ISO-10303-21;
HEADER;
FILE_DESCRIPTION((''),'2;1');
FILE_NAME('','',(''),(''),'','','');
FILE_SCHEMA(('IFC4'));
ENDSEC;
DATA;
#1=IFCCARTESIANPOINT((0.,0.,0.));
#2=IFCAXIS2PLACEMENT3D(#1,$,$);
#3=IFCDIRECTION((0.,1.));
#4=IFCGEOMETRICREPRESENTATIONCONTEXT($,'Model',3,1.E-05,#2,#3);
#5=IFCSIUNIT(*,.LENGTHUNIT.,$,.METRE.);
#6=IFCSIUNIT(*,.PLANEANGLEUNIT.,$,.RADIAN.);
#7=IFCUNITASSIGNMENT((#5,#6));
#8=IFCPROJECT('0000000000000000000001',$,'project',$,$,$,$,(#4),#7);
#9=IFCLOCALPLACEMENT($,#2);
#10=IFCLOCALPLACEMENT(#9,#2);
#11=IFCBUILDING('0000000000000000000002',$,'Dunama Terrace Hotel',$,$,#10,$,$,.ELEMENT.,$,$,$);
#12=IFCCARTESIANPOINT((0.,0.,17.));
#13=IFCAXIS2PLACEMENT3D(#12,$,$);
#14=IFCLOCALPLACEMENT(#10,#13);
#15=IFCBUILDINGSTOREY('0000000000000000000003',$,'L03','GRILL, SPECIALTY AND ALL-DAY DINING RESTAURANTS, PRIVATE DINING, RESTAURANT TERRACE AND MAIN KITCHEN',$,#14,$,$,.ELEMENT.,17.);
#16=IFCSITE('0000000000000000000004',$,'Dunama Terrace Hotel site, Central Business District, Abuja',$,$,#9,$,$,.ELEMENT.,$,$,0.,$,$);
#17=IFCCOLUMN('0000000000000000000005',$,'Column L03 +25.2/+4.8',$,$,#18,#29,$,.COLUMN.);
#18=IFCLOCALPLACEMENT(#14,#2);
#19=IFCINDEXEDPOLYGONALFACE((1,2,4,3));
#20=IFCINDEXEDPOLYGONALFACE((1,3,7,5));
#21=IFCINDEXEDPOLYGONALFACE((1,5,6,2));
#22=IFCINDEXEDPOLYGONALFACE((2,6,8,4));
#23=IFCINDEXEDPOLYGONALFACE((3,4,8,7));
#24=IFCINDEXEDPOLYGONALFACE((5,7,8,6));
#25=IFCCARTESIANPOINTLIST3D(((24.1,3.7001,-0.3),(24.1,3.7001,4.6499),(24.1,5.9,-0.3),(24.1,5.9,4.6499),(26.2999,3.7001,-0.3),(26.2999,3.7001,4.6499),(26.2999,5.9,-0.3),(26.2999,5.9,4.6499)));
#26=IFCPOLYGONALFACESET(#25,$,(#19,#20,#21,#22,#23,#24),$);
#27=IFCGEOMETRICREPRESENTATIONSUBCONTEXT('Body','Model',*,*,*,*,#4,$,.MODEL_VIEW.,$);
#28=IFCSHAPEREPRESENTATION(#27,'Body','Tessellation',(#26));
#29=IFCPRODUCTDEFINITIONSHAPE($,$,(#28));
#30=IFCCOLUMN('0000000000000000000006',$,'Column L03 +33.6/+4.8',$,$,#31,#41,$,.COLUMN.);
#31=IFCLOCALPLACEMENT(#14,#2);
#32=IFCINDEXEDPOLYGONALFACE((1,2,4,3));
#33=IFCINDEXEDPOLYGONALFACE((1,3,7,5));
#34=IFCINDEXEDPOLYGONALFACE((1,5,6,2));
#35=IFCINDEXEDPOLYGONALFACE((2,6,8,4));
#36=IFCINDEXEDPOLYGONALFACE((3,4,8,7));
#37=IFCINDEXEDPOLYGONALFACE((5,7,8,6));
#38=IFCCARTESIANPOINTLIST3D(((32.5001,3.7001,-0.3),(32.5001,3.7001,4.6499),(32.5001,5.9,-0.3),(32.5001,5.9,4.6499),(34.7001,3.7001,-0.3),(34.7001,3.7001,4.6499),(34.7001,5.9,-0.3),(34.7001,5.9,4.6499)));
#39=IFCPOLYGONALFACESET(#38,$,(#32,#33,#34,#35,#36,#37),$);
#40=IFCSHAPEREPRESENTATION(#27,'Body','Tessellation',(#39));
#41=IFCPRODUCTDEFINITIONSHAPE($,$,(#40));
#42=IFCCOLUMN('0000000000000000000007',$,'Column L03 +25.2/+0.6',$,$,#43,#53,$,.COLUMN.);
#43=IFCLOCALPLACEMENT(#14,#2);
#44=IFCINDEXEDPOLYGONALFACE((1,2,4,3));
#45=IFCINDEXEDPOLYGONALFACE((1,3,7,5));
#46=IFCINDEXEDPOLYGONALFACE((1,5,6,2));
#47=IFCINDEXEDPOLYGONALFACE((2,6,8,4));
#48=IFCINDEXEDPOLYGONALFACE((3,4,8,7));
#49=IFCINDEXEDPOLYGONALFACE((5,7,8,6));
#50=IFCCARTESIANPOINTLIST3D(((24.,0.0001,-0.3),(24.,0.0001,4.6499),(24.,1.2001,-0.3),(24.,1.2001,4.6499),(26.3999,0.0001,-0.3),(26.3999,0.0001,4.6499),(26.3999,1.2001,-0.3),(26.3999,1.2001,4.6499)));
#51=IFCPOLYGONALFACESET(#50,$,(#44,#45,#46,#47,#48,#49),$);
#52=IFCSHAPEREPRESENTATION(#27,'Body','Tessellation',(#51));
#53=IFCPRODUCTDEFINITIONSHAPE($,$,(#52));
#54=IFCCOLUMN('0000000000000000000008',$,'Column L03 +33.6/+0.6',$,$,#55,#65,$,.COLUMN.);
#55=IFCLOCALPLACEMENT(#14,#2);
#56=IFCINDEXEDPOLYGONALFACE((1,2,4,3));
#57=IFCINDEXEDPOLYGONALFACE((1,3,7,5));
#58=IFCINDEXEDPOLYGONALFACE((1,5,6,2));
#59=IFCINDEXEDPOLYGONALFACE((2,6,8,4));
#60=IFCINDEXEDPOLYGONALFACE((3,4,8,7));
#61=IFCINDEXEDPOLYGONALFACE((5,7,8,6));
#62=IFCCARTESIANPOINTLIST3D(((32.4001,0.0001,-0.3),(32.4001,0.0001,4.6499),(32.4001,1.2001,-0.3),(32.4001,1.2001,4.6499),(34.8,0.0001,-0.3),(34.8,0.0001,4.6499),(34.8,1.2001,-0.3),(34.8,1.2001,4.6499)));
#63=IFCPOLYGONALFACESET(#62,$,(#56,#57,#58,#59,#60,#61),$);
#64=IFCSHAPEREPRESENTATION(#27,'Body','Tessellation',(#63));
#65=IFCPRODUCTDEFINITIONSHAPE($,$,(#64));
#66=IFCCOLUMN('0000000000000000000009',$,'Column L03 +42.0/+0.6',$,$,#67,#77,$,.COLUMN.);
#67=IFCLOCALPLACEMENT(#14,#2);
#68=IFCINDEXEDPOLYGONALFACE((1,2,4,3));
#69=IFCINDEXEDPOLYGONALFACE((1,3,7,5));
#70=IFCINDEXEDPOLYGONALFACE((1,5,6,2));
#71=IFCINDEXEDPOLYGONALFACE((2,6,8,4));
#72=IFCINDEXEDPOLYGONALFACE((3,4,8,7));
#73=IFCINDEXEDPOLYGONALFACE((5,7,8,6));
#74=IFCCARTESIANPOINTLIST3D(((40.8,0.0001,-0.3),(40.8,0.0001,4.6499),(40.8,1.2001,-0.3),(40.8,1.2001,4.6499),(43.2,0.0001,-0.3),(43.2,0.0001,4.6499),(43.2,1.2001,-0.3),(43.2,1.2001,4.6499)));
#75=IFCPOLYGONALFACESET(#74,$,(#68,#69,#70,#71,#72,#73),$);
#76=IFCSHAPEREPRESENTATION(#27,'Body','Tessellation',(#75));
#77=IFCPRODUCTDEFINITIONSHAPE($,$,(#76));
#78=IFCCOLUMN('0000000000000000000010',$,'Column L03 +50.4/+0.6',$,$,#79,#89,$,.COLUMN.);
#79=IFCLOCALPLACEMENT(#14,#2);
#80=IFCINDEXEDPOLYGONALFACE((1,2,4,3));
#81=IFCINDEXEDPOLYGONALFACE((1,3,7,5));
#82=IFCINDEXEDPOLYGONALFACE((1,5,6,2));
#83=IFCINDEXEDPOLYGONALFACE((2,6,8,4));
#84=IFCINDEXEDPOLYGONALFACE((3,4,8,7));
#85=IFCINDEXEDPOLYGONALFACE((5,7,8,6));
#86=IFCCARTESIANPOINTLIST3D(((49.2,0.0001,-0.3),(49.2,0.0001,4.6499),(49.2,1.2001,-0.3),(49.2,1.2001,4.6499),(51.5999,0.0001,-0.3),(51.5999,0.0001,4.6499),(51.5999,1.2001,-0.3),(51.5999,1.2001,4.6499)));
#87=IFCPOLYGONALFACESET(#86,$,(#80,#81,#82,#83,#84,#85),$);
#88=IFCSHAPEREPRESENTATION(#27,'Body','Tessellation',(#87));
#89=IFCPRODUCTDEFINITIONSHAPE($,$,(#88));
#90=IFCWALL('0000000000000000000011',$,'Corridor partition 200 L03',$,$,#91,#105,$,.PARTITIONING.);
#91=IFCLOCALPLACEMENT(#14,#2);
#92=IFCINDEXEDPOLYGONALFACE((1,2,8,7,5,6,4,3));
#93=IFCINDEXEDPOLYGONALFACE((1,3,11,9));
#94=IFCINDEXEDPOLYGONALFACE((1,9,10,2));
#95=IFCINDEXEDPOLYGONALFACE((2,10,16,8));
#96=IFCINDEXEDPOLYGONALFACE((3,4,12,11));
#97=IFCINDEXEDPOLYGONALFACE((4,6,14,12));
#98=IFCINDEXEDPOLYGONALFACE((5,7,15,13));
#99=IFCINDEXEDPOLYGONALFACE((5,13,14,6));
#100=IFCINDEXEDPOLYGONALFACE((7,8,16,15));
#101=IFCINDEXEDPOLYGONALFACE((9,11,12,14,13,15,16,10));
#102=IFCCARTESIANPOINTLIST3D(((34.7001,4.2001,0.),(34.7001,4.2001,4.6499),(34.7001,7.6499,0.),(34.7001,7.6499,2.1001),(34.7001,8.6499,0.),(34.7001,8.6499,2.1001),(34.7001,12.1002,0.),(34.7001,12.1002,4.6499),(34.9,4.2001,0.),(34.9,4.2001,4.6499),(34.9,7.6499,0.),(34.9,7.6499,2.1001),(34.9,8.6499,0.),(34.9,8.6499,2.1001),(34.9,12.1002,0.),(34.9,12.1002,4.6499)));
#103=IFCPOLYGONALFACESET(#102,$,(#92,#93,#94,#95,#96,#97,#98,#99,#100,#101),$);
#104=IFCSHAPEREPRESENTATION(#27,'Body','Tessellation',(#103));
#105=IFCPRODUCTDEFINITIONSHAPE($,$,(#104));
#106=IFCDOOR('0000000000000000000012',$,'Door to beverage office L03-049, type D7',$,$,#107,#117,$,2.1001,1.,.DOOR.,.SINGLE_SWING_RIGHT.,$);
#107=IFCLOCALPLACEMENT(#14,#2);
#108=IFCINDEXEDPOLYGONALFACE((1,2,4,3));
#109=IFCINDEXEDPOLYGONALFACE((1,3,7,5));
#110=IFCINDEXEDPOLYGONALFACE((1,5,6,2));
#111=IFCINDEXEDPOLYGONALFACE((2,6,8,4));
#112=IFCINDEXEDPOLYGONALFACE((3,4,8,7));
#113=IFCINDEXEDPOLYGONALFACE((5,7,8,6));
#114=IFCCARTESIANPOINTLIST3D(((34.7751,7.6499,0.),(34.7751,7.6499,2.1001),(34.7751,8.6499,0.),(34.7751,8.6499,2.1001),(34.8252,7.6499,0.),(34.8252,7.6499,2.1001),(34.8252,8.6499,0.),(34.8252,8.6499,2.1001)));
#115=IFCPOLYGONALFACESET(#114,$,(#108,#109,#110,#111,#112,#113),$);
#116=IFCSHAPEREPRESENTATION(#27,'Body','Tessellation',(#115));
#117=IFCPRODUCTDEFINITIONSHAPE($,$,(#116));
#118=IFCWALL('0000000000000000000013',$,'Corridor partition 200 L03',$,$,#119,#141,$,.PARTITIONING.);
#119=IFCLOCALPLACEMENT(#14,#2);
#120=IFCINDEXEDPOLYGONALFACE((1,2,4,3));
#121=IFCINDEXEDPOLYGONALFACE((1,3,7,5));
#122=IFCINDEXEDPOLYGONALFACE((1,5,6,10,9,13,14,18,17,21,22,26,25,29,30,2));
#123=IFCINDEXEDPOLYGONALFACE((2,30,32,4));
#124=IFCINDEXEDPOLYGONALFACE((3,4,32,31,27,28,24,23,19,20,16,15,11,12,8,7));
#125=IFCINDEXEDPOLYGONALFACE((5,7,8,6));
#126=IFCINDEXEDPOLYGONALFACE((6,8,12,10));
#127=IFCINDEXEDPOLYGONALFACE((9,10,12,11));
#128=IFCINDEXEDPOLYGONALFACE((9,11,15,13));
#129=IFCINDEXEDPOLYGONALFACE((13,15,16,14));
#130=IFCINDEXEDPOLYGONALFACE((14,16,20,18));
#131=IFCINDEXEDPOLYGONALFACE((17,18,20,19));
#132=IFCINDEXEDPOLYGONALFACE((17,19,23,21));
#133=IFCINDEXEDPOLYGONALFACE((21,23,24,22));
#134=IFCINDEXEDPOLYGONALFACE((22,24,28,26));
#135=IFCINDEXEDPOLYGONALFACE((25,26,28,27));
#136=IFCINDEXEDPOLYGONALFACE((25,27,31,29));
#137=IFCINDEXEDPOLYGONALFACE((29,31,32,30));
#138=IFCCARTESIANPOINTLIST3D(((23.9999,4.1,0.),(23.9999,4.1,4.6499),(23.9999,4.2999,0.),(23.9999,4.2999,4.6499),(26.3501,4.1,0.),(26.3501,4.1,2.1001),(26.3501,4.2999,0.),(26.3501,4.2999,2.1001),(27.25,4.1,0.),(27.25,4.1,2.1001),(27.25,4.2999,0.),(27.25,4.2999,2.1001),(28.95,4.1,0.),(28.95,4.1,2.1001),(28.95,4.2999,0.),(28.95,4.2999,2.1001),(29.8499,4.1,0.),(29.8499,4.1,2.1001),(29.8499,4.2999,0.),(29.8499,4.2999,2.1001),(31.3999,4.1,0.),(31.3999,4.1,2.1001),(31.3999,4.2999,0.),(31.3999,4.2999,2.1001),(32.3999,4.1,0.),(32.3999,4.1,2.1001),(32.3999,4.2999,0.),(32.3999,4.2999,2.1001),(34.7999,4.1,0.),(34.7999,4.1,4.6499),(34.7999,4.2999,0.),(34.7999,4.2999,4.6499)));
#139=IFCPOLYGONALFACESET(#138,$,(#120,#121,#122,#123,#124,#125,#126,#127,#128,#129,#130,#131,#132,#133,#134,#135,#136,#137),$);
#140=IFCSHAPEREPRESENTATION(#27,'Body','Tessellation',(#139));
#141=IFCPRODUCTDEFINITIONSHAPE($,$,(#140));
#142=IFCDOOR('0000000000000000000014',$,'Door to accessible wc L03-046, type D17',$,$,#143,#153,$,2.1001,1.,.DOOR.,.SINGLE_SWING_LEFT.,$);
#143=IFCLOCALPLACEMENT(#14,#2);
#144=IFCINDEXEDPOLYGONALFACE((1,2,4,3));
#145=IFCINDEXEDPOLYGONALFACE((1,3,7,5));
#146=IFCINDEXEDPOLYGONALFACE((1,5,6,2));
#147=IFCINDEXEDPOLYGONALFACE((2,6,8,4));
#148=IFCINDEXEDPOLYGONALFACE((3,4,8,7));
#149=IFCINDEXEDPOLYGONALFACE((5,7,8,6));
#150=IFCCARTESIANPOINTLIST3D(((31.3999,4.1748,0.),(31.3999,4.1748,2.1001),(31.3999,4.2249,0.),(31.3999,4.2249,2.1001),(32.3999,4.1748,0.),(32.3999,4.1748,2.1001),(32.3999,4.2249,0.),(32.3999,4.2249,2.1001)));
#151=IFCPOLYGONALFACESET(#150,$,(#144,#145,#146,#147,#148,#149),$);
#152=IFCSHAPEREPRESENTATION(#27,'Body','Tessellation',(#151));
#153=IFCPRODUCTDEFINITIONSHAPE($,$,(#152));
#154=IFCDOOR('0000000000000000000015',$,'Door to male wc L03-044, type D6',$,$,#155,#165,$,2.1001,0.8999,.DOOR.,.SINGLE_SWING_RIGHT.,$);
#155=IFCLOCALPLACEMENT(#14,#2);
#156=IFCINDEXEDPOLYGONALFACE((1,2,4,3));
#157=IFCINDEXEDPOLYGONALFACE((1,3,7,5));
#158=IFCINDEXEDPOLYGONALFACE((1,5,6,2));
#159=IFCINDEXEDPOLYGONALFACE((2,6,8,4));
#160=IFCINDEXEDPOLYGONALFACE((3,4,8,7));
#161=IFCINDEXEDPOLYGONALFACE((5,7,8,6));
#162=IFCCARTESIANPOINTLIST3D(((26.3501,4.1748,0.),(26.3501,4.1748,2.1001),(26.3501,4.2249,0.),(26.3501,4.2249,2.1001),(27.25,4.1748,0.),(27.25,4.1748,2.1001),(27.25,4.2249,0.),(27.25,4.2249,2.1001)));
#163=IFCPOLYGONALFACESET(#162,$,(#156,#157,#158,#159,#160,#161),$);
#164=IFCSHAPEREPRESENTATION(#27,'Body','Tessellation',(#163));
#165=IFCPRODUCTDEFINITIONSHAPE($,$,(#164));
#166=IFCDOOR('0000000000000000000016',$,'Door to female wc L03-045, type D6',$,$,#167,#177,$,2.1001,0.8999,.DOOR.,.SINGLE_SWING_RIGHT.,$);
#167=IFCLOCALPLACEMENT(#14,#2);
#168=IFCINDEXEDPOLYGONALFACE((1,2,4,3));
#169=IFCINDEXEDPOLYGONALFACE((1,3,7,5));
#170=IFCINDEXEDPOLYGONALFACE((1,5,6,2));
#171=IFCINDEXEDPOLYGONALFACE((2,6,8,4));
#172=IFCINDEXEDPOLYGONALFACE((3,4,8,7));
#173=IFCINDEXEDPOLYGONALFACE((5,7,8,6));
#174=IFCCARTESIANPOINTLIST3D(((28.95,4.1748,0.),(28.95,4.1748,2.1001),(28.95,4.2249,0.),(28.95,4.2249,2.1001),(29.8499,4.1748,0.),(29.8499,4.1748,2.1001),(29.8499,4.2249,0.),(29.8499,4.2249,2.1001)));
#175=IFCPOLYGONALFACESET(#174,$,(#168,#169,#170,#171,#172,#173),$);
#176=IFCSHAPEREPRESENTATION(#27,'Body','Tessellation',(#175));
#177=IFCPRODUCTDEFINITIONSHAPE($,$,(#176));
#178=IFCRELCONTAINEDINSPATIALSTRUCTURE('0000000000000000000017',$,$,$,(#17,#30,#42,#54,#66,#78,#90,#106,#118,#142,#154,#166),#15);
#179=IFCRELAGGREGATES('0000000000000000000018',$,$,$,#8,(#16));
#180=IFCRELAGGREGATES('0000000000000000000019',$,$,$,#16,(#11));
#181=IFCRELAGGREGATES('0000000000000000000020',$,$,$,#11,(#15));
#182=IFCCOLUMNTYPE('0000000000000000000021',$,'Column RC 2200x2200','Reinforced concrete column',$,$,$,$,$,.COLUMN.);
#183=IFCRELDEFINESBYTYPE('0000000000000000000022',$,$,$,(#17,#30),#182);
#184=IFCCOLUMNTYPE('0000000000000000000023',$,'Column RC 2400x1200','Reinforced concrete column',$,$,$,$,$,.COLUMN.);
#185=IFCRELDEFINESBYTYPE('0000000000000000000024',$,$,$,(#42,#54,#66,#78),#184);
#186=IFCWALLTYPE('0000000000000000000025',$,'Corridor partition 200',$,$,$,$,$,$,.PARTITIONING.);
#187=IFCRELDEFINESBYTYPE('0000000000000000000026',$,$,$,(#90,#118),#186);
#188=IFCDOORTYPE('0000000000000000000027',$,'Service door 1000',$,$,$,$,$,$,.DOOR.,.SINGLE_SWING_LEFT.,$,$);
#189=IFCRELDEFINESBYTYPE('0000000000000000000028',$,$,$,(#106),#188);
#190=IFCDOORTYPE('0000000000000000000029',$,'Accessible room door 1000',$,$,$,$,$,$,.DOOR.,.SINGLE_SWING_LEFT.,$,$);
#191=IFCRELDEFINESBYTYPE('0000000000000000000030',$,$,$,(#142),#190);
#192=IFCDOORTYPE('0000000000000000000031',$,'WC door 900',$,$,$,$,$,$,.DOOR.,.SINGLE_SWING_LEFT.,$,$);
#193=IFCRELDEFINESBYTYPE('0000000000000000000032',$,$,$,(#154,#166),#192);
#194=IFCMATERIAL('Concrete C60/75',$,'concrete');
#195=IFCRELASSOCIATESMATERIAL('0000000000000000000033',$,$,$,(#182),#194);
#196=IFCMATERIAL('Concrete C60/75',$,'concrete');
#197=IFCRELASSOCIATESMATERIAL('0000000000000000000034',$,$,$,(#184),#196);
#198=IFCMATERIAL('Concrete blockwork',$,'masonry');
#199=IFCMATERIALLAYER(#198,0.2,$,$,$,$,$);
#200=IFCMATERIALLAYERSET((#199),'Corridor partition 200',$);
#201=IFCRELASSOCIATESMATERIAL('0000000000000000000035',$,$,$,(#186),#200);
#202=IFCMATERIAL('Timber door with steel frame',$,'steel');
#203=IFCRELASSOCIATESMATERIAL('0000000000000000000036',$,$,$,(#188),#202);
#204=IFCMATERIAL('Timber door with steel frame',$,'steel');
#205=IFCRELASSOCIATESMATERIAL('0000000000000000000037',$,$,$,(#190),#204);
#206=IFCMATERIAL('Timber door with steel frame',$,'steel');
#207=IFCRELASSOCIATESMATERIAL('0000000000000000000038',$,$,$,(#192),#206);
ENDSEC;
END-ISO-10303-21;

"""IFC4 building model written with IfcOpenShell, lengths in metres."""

from ifc_helpers import new_model, si_unit, direction, frame, frame_2d, origin, origin_2d, place, context, subcontext, project, spatial, rectangle, extrude, material, layer, layer_set, material_profile, profile_set, type_object, element, fill, save


model = new_model("IFC4")

# Units and contexts
model_context = context("Model", 3, precision=1e-05, world=origin(), true_north=direction((0.0, 1.0)))
body_context = subcontext(model_context, "Body", "Model", "MODEL_VIEW")
ifc_project = project(units=[si_unit("LENGTHUNIT", "METRE"), si_unit("PLANEANGLEUNIT", "RADIAN")], contexts=[model_context])

# Site, building, storey
site_placement = place(None, origin())
site = spatial("IfcSite", under=ifc_project, at=site_placement, Name="Dunama Terrace Hotel site, Central Business District, Abuja", CompositionType="ELEMENT", RefElevation=0.0)
building_placement = place(site_placement, origin())
building = spatial("IfcBuilding", under=site, at=building_placement, Name="Dunama Terrace Hotel", CompositionType="ELEMENT")
storey_placement = place(building_placement, frame((0.0, 0.0, 17.0)))
storey = spatial("IfcBuildingStorey", under=building, at=storey_placement, Name="L03", Description="GRILL, SPECIALTY AND ALL-DAY DINING RESTAURANTS, PRIVATE DINING, RESTAURANT TERRACE AND MAIN KITCHEN", CompositionType="ELEMENT", Elevation=17.0)

# Columns
ifc_material_1 = material(Name="Concrete C60/75", Category="concrete")
ifc_material_profile_1 = material_profile(ifc_material_1, rectangle(XDim=2.2, YDim=2.2, at=origin_2d()), Name="RC 2200x2200")
ifc_profile_set_1 = profile_set([ifc_material_profile_1], Name="Concrete C60/75")
column_type_1 = type_object("IfcColumnType", Name="Column RC 2200x2200", Description="Reinforced concrete column", PredefinedType="COLUMN", material=ifc_profile_set_1)
for number, where, z_axis, x_axis, name in (
    (1, (25.2, 4.8, -0.3), (0.0, 0.0, 1.0), (1.0, 0.0, 0.0), "Column L03 +25.2/+4.8"),
    (2, (33.6001, 4.8, -0.3), (0.0, 0.0, 1.0), (1.0, 0.0, 0.0), "Column L03 +33.6/+4.8"),
):
    element("IfcColumn", number, at=place(storey_placement, frame(where, z_axis=z_axis, x_axis=x_axis)), inside=storey, type_object=column_type_1, Name=name, PredefinedType="COLUMN", context=body_context, shape_type="SweptSolid", body=[
        extrude(rectangle(XDim=2.2, YDim=2.2, at=origin_2d()), origin(), (0.0, 0.0, 1.0), 4.95),
    ])
ifc_material_2 = material(Name="Concrete C60/75", Category="concrete")
ifc_material_profile_2 = material_profile(ifc_material_2, rectangle(XDim=2.3999, YDim=1.2, at=origin_2d()), Name="RC 2400x1200")
ifc_profile_set_2 = profile_set([ifc_material_profile_2], Name="Concrete C60/75")
column_type_2 = type_object("IfcColumnType", Name="Column RC 2400x1200", Description="Reinforced concrete column", PredefinedType="COLUMN", material=ifc_profile_set_2)
for number, where, z_axis, x_axis, name in (
    (3, (25.2, 0.6001, -0.3), (0.0, 0.0, 1.0), (1.0, 0.0, 0.0), "Column L03 +25.2/+0.6"),
    (4, (33.6001, 0.6001, -0.3), (0.0, 0.0, 1.0), (1.0, 0.0, 0.0), "Column L03 +33.6/+0.6"),
    (5, (42.0, 0.6001, -0.3), (0.0, 0.0, 1.0), (1.0, 0.0, 0.0), "Column L03 +42.0/+0.6"),
    (6, (50.3999, 0.6001, -0.3), (0.0, 0.0, 1.0), (1.0, 0.0, 0.0), "Column L03 +50.4/+0.6"),
):
    element("IfcColumn", number, at=place(storey_placement, frame(where, z_axis=z_axis, x_axis=x_axis)), inside=storey, type_object=column_type_2, Name=name, PredefinedType="COLUMN", context=body_context, shape_type="SweptSolid", body=[
        extrude(rectangle(XDim=2.3999, YDim=1.2, at=origin_2d()), origin(), (0.0, 0.0, 1.0), 4.95),
    ])

# Wall, opening, door
ifc_material_3 = material(Name="Concrete blockwork", Category="masonry")
ifc_layer_1 = layer(ifc_material_3, 0.2)
ifc_layer_set_1 = layer_set([ifc_layer_1], Name="Corridor partition 200")
wall_type_1 = type_object("IfcWallType", Name="Corridor partition 200", PredefinedType="PARTITIONING", material=ifc_layer_set_1)
wall_1_placement = place(storey_placement, frame((34.8, 4.2, 0.0), z_axis=(0.0, 0.0, 1.0), x_axis=(0.0, 1.0, 0.0)))
wall_1 = element("IfcWall", 7, at=wall_1_placement, inside=storey, type_object=wall_type_1, Name="Corridor partition 200 L03", PredefinedType="PARTITIONING", context=body_context, shape_type="SweptSolid", body=[
    extrude(rectangle(XDim=7.9001, YDim=0.2, at=frame_2d((3.9502, 0.0))), origin(), (0.0, 0.0, 1.0), 4.6499),
])
opening_1_placement = place(wall_1_placement, frame((3.45, 0.0, 0.0)))
opening_1 = element("IfcOpeningElement", 8, at=opening_1_placement, cuts=wall_1, PredefinedType="OPENING", context=body_context, shape_type="SweptSolid", body=[
    extrude(rectangle(XDim=1.0, YDim=2.1001, at=frame_2d((0.5, 1.05))), frame((0.0, 0.1099, 0.0), z_axis=(0.0, -1.0, 0.0), x_axis=(1.0, 0.0, 0.0)), (0.0, 0.0, 1.0), 0.22),
])
ifc_material_4 = material(Name="Timber door with steel frame", Category="steel")
door_type_1 = type_object("IfcDoorType", Name="Service door 1000", OperationType="SINGLE_SWING_LEFT", PredefinedType="DOOR", material=ifc_material_4)
door_1_placement = place(opening_1_placement, frame((1.0, 0.0, 0.0), z_axis=(0.0, 0.0, 1.0), x_axis=(-1.0, 0.0, 0.0)))
door_1 = element("IfcDoor", 9, at=door_1_placement, inside=storey, type_object=door_type_1, Name="Door to beverage office L03-049, type D7", OperationType="SINGLE_SWING_RIGHT", OverallHeight=2.1001, OverallWidth=1.0, PredefinedType="DOOR", context=body_context, shape_type="SweptSolid", body=[
    extrude(rectangle(XDim=1.0, YDim=2.1001, at=frame_2d((0.5, 1.05))), frame((0.0, 0.0251, 0.0), z_axis=(0.0, -1.0, 0.0), x_axis=(1.0, 0.0, 0.0)), (0.0, 0.0, 1.0), 0.05),
])
fill(opening_1, door_1)

# Wall, openings, doors
wall_2_placement = place(storey_placement, frame((24.0, 4.2, 0.0), z_axis=(0.0, 0.0, 1.0), x_axis=(1.0, 0.0, 0.0)))
wall_2 = element("IfcWall", 10, at=wall_2_placement, inside=storey, type_object=wall_type_1, Name="Corridor partition 200 L03", PredefinedType="PARTITIONING", context=body_context, shape_type="SweptSolid", body=[
    extrude(rectangle(XDim=10.8, YDim=0.2, at=frame_2d((5.3999, 0.0))), origin(), (0.0, 0.0, 1.0), 4.6499),
])
opening_2_placement = place(wall_2_placement, frame((2.3501, 0.0, 0.0)))
opening_2 = element("IfcOpeningElement", 11, at=opening_2_placement, cuts=wall_2, PredefinedType="OPENING", context=body_context, shape_type="SweptSolid", body=[
    extrude(rectangle(XDim=0.8999, YDim=2.1001, at=frame_2d((0.45, 1.05))), frame((0.0, 0.1099, 0.0), z_axis=(0.0, -1.0, 0.0), x_axis=(1.0, 0.0, 0.0)), (0.0, 0.0, 1.0), 0.22),
])
opening_3_placement = place(wall_2_placement, frame((4.95, 0.0, 0.0)))
opening_3 = element("IfcOpeningElement", 12, at=opening_3_placement, cuts=wall_2, PredefinedType="OPENING", context=body_context, shape_type="SweptSolid", body=[
    extrude(rectangle(XDim=0.8999, YDim=2.1001, at=frame_2d((0.45, 1.05))), frame((0.0, 0.1099, 0.0), z_axis=(0.0, -1.0, 0.0), x_axis=(1.0, 0.0, 0.0)), (0.0, 0.0, 1.0), 0.22),
])
opening_4_placement = place(wall_2_placement, frame((7.3999, 0.0, 0.0)))
opening_4 = element("IfcOpeningElement", 13, at=opening_4_placement, cuts=wall_2, PredefinedType="OPENING", context=body_context, shape_type="SweptSolid", body=[
    extrude(rectangle(XDim=1.0, YDim=2.1001, at=frame_2d((0.5, 1.05))), frame((0.0, 0.1099, 0.0), z_axis=(0.0, -1.0, 0.0), x_axis=(1.0, 0.0, 0.0)), (0.0, 0.0, 1.0), 0.22),
])
ifc_material_5 = material(Name="Timber door with steel frame", Category="steel")
door_type_2 = type_object("IfcDoorType", Name="Accessible room door 1000", OperationType="SINGLE_SWING_LEFT", PredefinedType="DOOR", material=ifc_material_5)
door_2_placement = place(opening_4_placement, frame((1.0, 0.0, 0.0), z_axis=(0.0, 0.0, 1.0), x_axis=(-1.0, 0.0, 0.0)))
door_2 = element("IfcDoor", 14, at=door_2_placement, inside=storey, type_object=door_type_2, Name="Door to accessible wc L03-046, type D17", OperationType="SINGLE_SWING_LEFT", OverallHeight=2.1001, OverallWidth=1.0, PredefinedType="DOOR", context=body_context, shape_type="SweptSolid", body=[
    extrude(rectangle(XDim=1.0, YDim=2.1001, at=frame_2d((0.5, 1.05))), frame((0.0, 0.0251, 0.0), z_axis=(0.0, -1.0, 0.0), x_axis=(1.0, 0.0, 0.0)), (0.0, 0.0, 1.0), 0.05),
])
fill(opening_4, door_2)
ifc_material_6 = material(Name="Timber door with steel frame", Category="steel")
door_type_3 = type_object("IfcDoorType", Name="WC door 900", OperationType="SINGLE_SWING_LEFT", PredefinedType="DOOR", material=ifc_material_6)
door_3_placement = place(opening_2_placement, frame((0.8999, 0.0, 0.0), z_axis=(0.0, 0.0, 1.0), x_axis=(-1.0, 0.0, 0.0)))
door_3 = element("IfcDoor", 15, at=door_3_placement, inside=storey, type_object=door_type_3, Name="Door to male wc L03-044, type D6", OperationType="SINGLE_SWING_RIGHT", OverallHeight=2.1001, OverallWidth=0.8999, PredefinedType="DOOR", context=body_context, shape_type="SweptSolid", body=[
    extrude(rectangle(XDim=0.8999, YDim=2.1001, at=frame_2d((0.45, 1.05))), frame((0.0, 0.0251, 0.0), z_axis=(0.0, -1.0, 0.0), x_axis=(1.0, 0.0, 0.0)), (0.0, 0.0, 1.0), 0.05),
])
fill(opening_2, door_3)
door_4_placement = place(opening_3_placement, frame((0.8999, 0.0, 0.0), z_axis=(0.0, 0.0, 1.0), x_axis=(-1.0, 0.0, 0.0)))
door_4 = element("IfcDoor", 16, at=door_4_placement, inside=storey, type_object=door_type_3, Name="Door to female wc L03-045, type D6", OperationType="SINGLE_SWING_RIGHT", OverallHeight=2.1001, OverallWidth=0.8999, PredefinedType="DOOR", context=body_context, shape_type="SweptSolid", body=[
    extrude(rectangle(XDim=0.8999, YDim=2.1001, at=frame_2d((0.45, 1.05))), frame((0.0, 0.0251, 0.0), z_axis=(0.0, -1.0, 0.0), x_axis=(1.0, 0.0, 0.0)), (0.0, 0.0, 1.0), 0.05),
])
fill(opening_3, door_4)

save(model, "model.ifc")
